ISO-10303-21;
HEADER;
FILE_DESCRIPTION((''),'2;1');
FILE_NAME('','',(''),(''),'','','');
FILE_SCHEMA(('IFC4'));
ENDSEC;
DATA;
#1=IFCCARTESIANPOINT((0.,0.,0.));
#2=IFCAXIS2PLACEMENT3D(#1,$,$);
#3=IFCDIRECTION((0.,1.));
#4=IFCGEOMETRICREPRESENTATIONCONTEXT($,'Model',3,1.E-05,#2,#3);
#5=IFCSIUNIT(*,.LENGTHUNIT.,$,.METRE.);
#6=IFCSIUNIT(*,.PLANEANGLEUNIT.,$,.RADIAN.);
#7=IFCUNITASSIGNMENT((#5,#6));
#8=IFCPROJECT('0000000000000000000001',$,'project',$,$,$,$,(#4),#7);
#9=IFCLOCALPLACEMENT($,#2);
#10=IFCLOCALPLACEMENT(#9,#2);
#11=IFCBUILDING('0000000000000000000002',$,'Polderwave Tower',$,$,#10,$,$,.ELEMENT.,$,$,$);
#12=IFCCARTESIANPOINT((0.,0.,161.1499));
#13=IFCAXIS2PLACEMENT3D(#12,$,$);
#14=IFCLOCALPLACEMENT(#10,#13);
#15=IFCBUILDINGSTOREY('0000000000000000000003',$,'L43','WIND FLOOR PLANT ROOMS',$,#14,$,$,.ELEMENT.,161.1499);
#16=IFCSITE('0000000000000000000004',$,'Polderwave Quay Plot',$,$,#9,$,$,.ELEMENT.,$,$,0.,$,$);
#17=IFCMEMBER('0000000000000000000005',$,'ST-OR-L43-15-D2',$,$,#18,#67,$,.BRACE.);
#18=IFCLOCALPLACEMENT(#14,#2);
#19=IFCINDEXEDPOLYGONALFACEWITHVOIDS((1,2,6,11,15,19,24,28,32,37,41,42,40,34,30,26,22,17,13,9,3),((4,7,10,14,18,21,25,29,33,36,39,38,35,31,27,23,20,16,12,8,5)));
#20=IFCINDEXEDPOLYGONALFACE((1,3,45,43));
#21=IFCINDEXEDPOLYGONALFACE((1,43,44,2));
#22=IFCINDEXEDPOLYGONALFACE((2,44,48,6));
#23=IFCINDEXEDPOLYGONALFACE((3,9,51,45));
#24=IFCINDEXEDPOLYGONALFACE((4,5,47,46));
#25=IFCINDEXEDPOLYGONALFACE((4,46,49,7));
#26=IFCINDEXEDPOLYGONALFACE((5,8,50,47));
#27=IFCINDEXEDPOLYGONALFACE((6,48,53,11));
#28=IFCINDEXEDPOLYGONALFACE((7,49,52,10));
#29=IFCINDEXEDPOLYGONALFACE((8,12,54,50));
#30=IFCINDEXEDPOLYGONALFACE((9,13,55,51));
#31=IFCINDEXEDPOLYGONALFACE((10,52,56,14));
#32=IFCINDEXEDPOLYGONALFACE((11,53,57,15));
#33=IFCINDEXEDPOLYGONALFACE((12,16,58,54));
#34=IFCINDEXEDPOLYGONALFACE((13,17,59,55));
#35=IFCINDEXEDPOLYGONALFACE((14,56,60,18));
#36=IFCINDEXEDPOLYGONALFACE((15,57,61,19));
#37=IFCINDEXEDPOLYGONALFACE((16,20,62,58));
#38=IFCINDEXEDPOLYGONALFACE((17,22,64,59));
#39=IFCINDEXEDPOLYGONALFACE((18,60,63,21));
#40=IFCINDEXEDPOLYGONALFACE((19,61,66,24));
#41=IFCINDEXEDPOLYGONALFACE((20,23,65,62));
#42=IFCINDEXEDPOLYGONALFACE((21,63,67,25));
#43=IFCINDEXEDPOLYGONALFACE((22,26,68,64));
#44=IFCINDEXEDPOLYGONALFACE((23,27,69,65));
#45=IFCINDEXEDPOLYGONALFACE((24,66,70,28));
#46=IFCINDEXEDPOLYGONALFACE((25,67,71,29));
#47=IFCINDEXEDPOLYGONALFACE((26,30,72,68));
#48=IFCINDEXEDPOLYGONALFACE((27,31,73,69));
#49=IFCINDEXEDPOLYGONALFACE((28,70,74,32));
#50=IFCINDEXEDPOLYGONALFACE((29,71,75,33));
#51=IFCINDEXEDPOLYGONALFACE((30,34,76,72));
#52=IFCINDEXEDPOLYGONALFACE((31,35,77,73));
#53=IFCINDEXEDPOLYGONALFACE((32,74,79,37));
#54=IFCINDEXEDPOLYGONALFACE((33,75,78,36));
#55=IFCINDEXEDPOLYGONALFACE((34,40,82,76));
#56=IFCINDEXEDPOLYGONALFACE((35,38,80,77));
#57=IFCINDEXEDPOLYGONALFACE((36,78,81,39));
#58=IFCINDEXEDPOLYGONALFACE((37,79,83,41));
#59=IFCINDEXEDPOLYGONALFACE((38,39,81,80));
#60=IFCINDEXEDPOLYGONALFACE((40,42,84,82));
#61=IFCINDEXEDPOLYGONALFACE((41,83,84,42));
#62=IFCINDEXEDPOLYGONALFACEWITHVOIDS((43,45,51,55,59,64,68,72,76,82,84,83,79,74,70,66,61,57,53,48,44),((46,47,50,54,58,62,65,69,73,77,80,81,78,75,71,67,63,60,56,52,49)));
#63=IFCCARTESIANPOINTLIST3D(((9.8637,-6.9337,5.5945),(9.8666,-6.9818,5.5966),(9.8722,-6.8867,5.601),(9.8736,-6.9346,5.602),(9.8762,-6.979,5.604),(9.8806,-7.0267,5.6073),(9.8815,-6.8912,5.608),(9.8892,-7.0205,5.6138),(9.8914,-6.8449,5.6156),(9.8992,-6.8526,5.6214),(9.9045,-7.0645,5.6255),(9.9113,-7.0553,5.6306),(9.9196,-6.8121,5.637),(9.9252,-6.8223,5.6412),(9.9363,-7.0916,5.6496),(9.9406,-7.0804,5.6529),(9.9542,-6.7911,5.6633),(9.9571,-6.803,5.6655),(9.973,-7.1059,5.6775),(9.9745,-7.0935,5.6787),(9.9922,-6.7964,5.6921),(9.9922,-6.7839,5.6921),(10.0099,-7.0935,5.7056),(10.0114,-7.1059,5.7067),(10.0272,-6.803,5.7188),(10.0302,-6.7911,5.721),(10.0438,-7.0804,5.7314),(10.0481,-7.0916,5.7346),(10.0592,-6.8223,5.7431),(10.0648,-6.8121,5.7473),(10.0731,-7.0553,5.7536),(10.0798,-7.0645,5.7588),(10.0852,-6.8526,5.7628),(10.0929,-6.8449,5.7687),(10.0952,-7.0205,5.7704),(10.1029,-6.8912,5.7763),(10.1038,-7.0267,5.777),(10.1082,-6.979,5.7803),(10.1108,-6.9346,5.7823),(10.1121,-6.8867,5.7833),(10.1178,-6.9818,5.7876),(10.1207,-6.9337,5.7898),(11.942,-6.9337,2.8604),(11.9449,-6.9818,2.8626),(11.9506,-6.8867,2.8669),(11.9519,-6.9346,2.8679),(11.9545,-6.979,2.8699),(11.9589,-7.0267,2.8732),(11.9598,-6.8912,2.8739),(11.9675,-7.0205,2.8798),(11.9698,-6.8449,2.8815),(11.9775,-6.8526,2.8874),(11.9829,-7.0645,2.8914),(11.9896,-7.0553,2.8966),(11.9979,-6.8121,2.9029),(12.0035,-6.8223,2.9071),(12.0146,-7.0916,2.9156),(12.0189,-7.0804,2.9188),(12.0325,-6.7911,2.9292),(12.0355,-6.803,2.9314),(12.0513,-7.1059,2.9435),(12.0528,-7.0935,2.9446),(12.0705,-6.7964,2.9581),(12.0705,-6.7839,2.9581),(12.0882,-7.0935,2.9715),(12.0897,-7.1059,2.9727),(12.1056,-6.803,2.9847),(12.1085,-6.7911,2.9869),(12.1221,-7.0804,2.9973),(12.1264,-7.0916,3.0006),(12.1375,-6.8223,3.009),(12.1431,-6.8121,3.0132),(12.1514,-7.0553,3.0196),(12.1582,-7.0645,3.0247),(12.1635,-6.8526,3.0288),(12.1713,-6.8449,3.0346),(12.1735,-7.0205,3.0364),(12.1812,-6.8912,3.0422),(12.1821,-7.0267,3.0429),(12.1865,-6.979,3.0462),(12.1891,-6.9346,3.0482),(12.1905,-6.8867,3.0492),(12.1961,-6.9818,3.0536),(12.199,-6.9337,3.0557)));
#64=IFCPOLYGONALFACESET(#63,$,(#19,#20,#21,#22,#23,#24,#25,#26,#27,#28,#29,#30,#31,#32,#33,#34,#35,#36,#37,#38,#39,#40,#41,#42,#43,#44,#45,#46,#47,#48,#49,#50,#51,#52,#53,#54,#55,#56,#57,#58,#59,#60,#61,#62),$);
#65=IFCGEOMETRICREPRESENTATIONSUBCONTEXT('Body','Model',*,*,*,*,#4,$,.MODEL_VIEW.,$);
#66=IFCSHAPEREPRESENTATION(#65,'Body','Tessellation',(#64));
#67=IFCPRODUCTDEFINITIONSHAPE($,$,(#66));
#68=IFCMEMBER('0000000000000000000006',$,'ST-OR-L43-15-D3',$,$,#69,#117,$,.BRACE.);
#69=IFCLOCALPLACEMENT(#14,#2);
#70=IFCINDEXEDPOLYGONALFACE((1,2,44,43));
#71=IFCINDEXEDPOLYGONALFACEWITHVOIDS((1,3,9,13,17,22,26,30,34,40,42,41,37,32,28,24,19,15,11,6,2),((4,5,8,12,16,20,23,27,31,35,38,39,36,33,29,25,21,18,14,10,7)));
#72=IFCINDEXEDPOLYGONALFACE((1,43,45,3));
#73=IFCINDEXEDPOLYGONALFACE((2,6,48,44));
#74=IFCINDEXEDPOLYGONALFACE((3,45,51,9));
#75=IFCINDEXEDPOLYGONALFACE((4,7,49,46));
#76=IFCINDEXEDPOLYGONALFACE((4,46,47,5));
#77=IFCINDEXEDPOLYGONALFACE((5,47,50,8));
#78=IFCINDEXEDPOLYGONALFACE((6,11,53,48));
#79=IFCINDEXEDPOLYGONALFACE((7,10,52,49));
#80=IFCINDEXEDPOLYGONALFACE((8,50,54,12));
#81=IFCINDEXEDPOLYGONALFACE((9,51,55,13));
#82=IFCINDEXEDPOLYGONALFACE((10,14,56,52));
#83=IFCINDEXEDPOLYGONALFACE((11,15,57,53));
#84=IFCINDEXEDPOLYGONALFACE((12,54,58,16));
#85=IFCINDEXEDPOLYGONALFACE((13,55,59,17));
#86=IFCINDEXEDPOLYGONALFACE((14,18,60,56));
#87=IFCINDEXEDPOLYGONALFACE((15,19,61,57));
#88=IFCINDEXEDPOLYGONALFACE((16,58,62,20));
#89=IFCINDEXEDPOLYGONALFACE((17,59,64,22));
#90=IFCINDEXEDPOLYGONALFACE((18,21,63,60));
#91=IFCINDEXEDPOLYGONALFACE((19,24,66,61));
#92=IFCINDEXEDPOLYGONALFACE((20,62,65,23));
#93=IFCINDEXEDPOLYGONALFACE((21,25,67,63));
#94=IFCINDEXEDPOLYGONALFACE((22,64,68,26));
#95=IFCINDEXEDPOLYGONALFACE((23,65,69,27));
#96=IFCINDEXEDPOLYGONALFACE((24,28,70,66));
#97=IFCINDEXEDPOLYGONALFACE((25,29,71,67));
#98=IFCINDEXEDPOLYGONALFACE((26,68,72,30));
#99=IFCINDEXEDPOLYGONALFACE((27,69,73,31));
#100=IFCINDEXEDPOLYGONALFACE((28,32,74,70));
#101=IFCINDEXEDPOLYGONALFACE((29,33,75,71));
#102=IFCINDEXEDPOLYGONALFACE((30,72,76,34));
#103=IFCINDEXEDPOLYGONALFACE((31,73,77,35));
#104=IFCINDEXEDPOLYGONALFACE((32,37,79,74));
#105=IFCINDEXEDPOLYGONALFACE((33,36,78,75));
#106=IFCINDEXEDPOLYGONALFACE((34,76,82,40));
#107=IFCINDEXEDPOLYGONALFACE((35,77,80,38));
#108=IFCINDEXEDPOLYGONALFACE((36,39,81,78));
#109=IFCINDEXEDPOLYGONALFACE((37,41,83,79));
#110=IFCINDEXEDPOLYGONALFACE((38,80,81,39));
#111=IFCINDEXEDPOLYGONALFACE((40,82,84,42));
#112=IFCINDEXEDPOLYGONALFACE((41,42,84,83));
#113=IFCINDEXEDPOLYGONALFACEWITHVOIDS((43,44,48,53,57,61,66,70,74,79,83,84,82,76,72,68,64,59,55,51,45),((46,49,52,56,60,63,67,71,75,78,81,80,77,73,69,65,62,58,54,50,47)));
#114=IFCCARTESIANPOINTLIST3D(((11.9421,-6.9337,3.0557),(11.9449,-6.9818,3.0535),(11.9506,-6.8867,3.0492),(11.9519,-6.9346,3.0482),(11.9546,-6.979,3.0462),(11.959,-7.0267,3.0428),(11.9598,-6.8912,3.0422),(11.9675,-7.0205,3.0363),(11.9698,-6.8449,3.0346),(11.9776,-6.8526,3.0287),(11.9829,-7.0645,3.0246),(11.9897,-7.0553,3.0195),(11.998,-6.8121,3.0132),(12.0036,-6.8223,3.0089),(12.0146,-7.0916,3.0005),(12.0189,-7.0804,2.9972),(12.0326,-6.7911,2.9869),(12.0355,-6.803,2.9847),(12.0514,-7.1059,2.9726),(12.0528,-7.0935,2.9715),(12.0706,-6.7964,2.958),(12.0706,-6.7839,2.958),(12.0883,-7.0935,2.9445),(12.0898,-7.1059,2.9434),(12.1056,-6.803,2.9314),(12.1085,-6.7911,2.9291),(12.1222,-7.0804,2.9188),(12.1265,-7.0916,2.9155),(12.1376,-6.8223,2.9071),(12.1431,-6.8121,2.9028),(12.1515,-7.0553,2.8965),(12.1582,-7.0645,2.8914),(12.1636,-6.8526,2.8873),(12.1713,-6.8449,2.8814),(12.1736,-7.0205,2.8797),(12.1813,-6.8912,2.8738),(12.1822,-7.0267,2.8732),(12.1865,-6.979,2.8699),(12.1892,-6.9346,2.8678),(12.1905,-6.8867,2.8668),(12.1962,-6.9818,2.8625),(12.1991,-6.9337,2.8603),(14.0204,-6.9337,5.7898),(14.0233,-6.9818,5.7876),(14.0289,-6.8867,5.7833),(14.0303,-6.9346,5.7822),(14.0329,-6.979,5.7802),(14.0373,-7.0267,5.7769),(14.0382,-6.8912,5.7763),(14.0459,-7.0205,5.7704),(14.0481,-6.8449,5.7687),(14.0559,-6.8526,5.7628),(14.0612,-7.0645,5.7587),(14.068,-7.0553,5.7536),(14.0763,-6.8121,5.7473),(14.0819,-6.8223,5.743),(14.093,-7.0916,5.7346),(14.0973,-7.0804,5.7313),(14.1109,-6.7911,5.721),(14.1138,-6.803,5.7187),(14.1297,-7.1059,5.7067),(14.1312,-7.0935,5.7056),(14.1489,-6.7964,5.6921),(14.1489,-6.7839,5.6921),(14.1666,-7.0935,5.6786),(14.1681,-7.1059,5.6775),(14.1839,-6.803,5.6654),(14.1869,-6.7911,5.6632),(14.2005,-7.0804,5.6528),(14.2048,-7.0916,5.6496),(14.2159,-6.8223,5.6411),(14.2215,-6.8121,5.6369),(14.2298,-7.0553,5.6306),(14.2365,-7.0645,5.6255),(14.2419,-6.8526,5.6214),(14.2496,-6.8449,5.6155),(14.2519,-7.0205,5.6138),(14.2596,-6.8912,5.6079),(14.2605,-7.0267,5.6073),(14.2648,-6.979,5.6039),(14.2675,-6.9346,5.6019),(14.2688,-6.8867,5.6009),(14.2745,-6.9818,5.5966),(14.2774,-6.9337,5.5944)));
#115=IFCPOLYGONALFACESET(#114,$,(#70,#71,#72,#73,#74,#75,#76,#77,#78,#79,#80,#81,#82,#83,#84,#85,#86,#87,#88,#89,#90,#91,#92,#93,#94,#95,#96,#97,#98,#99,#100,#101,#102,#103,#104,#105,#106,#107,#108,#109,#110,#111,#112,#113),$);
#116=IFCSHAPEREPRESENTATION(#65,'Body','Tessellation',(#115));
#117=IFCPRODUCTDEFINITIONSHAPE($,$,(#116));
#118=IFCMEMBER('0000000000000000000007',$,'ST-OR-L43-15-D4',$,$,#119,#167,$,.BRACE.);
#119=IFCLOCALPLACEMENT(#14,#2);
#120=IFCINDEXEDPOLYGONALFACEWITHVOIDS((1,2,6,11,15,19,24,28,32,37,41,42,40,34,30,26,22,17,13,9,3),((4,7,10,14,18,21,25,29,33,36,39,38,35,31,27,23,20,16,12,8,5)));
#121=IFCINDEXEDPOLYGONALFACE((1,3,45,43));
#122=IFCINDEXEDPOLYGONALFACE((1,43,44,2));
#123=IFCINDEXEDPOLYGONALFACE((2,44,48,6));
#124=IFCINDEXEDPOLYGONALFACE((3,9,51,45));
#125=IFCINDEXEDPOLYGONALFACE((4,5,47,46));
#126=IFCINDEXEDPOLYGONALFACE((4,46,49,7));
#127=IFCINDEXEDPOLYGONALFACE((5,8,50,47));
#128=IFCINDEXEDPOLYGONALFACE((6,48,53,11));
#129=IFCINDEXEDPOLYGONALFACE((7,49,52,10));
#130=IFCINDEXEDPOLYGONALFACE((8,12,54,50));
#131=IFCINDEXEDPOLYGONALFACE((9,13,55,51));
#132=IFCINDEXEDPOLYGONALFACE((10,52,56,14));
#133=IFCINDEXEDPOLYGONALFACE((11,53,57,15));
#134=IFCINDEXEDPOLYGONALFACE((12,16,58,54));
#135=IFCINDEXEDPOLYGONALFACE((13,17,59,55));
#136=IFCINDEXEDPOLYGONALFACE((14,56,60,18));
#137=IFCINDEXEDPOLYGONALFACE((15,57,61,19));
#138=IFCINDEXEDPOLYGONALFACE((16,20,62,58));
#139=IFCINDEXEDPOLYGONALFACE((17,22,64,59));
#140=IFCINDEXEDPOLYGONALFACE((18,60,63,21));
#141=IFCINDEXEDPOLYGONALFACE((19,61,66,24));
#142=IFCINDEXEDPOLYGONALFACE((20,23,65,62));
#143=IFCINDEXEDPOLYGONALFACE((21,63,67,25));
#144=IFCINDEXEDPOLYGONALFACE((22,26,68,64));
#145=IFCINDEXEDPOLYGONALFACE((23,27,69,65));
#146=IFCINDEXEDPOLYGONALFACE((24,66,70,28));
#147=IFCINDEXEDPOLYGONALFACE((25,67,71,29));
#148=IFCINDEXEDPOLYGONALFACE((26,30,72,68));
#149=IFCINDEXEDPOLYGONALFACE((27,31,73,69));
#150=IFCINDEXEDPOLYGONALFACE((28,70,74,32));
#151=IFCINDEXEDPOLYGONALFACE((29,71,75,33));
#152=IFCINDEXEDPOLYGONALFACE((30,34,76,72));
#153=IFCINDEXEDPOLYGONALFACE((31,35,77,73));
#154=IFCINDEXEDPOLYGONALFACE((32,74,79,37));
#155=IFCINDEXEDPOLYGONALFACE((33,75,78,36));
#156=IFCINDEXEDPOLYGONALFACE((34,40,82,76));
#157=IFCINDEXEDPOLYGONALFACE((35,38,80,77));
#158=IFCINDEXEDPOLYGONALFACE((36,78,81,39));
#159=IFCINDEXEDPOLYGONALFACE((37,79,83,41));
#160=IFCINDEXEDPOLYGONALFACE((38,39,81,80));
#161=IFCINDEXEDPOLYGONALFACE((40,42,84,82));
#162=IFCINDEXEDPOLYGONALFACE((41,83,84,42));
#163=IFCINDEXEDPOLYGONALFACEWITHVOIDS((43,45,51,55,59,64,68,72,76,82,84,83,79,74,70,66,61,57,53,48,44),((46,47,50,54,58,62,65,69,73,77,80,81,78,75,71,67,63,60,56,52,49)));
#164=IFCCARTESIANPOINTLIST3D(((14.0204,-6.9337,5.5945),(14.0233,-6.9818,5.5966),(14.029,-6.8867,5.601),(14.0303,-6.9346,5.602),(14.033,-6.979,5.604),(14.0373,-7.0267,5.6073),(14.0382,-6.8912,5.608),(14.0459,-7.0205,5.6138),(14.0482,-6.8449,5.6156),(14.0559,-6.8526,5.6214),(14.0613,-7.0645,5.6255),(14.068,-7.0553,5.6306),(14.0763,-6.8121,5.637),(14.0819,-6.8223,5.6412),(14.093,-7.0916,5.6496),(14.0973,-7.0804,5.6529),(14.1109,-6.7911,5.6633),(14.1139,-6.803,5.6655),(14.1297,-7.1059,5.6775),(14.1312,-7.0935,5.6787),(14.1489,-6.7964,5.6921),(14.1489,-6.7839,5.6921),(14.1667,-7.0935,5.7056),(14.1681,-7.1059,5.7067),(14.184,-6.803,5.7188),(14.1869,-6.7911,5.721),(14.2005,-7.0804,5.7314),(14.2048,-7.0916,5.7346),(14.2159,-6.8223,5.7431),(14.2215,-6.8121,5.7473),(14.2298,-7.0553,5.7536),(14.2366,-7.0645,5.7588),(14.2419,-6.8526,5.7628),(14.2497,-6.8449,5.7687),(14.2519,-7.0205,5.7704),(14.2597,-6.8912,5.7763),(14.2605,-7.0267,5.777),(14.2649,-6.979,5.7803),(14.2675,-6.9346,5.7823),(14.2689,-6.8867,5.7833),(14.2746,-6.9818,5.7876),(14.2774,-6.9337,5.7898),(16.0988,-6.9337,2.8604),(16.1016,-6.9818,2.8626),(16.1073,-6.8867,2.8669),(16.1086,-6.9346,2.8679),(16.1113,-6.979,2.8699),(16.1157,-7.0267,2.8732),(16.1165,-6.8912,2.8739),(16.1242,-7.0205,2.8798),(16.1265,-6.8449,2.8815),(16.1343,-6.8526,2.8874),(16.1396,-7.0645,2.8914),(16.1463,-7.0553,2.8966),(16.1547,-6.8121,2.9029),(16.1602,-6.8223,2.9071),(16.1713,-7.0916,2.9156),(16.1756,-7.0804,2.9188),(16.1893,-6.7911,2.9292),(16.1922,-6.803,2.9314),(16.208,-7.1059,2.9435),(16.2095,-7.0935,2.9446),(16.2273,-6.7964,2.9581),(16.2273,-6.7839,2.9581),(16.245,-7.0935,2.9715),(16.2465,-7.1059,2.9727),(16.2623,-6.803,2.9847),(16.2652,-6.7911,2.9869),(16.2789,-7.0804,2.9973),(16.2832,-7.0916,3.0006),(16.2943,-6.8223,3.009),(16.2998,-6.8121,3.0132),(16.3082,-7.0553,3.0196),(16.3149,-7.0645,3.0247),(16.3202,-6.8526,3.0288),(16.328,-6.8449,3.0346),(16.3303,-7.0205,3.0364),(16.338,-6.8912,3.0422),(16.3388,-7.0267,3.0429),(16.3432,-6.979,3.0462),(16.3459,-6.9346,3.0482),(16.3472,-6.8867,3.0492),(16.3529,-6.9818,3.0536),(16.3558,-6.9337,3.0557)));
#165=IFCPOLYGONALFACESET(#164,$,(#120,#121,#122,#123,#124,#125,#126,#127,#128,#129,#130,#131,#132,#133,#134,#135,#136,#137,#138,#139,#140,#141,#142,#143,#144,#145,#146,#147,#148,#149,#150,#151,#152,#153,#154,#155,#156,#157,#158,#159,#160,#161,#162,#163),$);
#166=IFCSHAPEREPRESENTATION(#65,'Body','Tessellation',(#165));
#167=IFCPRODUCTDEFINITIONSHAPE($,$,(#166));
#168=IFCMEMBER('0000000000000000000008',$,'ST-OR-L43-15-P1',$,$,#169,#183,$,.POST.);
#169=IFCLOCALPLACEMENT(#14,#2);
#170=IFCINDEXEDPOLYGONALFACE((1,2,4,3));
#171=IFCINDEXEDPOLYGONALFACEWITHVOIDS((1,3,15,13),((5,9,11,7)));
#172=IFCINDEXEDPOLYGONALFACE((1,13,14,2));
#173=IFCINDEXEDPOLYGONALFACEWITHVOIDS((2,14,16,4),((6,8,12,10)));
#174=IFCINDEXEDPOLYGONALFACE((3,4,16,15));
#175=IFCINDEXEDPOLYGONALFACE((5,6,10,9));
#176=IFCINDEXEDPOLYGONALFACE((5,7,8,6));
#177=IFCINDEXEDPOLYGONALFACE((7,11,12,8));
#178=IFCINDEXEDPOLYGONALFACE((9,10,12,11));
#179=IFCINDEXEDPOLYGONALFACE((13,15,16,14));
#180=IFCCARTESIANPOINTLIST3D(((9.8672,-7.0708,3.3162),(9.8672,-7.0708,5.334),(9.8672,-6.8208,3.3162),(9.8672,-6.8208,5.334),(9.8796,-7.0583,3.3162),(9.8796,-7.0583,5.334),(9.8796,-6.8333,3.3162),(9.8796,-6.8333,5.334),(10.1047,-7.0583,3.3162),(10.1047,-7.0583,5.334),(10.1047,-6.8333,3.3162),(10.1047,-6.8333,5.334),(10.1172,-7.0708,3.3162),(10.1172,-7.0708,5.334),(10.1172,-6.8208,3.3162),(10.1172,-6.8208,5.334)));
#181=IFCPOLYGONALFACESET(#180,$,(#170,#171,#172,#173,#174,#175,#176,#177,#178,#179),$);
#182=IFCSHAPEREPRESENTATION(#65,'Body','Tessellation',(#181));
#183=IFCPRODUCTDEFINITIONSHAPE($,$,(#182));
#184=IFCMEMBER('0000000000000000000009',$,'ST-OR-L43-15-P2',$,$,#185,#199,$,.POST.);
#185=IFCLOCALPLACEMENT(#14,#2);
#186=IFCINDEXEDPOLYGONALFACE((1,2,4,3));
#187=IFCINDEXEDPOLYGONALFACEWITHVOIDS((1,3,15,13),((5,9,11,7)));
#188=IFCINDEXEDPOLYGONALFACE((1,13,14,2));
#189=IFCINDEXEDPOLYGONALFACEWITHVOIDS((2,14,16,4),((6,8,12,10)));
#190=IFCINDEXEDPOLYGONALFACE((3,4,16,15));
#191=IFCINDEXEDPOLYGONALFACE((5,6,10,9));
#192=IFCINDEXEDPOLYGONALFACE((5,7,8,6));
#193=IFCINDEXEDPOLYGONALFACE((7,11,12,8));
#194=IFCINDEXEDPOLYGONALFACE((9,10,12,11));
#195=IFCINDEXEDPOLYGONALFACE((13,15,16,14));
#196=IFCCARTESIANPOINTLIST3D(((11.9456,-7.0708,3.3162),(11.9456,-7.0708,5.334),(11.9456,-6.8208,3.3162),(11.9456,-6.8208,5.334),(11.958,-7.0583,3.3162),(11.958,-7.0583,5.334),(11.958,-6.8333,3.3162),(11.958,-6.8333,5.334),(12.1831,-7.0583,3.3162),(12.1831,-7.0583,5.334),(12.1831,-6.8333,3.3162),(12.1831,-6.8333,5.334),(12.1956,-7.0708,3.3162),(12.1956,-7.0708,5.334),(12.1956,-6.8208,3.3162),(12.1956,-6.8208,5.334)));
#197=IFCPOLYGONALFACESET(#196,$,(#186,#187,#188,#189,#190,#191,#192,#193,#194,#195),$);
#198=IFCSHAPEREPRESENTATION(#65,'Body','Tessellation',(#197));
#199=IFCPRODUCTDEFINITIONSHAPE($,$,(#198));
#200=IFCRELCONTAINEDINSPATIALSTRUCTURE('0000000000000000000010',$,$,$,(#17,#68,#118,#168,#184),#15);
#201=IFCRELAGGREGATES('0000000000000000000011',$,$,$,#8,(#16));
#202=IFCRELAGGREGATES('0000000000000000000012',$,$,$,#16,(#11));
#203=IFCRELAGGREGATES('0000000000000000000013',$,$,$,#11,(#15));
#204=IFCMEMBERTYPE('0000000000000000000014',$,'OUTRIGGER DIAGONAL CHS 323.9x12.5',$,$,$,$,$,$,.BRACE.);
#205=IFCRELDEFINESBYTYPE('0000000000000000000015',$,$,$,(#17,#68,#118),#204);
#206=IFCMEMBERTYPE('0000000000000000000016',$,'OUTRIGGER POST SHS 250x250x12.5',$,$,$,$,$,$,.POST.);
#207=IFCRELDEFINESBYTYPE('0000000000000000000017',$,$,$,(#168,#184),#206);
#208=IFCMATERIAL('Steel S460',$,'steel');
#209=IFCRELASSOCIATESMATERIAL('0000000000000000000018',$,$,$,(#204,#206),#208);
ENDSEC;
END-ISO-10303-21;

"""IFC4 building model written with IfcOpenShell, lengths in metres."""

from ifc_helpers import new_model, si_unit, direction, frame, origin, origin_2d, place, context, subcontext, project, spatial, hollow_rectangle, hollow_circle, extrude, material, material_profile, profile_set, type_object, element, save


model = new_model("IFC4")

# Units and contexts
model_context = context("Model", 3, precision=1e-05, world=origin(), true_north=direction((0.0, 1.0)))
body_context = subcontext(model_context, "Body", "Model", "MODEL_VIEW")
ifc_project = project(units=[si_unit("LENGTHUNIT", "METRE"), si_unit("PLANEANGLEUNIT", "RADIAN")], contexts=[model_context])

# Site, building, storey
site_placement = place(None, origin())
site = spatial("IfcSite", under=ifc_project, at=site_placement, Name="Polderwave Quay Plot", CompositionType="ELEMENT", RefElevation=0.0)
building_placement = place(site_placement, origin())
building = spatial("IfcBuilding", under=site, at=building_placement, Name="Polderwave Tower", CompositionType="ELEMENT")
storey_placement = place(building_placement, frame((0.0, 0.0, 161.1499)))
storey = spatial("IfcBuildingStorey", under=building, at=storey_placement, Name="L43", Description="WIND FLOOR PLANT ROOMS", CompositionType="ELEMENT", Elevation=161.1499)

# Members
ifc_material_1 = material(Name="Steel S460", Category="steel")
ifc_material_profile_1 = material_profile(ifc_material_1, hollow_circle(Radius=0.1619, WallThickness=0.0125, at=origin_2d()), Name="CHS 323.9x12.5")
ifc_profile_set_1 = profile_set([ifc_material_profile_1], Name="Steel S460")
member_type_1 = type_object("IfcMemberType", Name="OUTRIGGER DIAGONAL CHS 323.9x12.5", PredefinedType="BRACE", material=ifc_profile_set_1)
for number, where, z_axis, x_axis, name in (
    (1, (9.9922, -6.9458, 5.6921), (0.605163, 0.0, -0.796102), (0.0, 1.0, 0.0), "ST-OR-L43-15-D2"),
    (2, (12.0706, -6.9458, 2.958), (0.605163, 0.0, 0.796102), (0.0, 1.0, 0.0), "ST-OR-L43-15-D3"),
    (3, (14.1489, -6.9458, 5.6921), (0.605163, 0.0, -0.796102), (0.0, 1.0, 0.0), "ST-OR-L43-15-D4"),
):
    element("IfcMember", number, at=place(storey_placement, frame(where, z_axis=z_axis, x_axis=x_axis)), inside=storey, type_object=member_type_1, Name=name, PredefinedType="BRACE", context=body_context, shape_type="SweptSolid", body=[
        extrude(hollow_circle(Radius=0.1619, WallThickness=0.0125, at=origin_2d()), origin(), (0.0, 0.0, 1.0), 3.4343),
    ])
ifc_material_profile_2 = material_profile(ifc_material_1, hollow_rectangle(XDim=0.25, YDim=0.25, WallThickness=0.0125, at=origin_2d()), Name="SHS 250x250x12.5")
ifc_profile_set_2 = profile_set([ifc_material_profile_2], Name="Steel S460")
member_type_2 = type_object("IfcMemberType", Name="OUTRIGGER POST SHS 250x250x12.5", PredefinedType="POST", material=ifc_profile_set_2)
for number, where, z_axis, x_axis, name in (
    (4, (9.9922, -6.9458, 3.3162), (0.0, 0.0, 1.0), (1.0, 0.0, 0.0), "ST-OR-L43-15-P1"),
    (5, (12.0706, -6.9458, 3.3162), (0.0, 0.0, 1.0), (1.0, 0.0, 0.0), "ST-OR-L43-15-P2"),
):
    element("IfcMember", number, at=place(storey_placement, frame(where, z_axis=z_axis, x_axis=x_axis)), inside=storey, type_object=member_type_2, Name=name, PredefinedType="POST", context=body_context, shape_type="SweptSolid", body=[
        extrude(hollow_rectangle(XDim=0.25, YDim=0.25, WallThickness=0.0125, at=origin_2d()), origin(), (0.0, 0.0, 1.0), 2.0178),
    ])

save(model, "model.ifc")
